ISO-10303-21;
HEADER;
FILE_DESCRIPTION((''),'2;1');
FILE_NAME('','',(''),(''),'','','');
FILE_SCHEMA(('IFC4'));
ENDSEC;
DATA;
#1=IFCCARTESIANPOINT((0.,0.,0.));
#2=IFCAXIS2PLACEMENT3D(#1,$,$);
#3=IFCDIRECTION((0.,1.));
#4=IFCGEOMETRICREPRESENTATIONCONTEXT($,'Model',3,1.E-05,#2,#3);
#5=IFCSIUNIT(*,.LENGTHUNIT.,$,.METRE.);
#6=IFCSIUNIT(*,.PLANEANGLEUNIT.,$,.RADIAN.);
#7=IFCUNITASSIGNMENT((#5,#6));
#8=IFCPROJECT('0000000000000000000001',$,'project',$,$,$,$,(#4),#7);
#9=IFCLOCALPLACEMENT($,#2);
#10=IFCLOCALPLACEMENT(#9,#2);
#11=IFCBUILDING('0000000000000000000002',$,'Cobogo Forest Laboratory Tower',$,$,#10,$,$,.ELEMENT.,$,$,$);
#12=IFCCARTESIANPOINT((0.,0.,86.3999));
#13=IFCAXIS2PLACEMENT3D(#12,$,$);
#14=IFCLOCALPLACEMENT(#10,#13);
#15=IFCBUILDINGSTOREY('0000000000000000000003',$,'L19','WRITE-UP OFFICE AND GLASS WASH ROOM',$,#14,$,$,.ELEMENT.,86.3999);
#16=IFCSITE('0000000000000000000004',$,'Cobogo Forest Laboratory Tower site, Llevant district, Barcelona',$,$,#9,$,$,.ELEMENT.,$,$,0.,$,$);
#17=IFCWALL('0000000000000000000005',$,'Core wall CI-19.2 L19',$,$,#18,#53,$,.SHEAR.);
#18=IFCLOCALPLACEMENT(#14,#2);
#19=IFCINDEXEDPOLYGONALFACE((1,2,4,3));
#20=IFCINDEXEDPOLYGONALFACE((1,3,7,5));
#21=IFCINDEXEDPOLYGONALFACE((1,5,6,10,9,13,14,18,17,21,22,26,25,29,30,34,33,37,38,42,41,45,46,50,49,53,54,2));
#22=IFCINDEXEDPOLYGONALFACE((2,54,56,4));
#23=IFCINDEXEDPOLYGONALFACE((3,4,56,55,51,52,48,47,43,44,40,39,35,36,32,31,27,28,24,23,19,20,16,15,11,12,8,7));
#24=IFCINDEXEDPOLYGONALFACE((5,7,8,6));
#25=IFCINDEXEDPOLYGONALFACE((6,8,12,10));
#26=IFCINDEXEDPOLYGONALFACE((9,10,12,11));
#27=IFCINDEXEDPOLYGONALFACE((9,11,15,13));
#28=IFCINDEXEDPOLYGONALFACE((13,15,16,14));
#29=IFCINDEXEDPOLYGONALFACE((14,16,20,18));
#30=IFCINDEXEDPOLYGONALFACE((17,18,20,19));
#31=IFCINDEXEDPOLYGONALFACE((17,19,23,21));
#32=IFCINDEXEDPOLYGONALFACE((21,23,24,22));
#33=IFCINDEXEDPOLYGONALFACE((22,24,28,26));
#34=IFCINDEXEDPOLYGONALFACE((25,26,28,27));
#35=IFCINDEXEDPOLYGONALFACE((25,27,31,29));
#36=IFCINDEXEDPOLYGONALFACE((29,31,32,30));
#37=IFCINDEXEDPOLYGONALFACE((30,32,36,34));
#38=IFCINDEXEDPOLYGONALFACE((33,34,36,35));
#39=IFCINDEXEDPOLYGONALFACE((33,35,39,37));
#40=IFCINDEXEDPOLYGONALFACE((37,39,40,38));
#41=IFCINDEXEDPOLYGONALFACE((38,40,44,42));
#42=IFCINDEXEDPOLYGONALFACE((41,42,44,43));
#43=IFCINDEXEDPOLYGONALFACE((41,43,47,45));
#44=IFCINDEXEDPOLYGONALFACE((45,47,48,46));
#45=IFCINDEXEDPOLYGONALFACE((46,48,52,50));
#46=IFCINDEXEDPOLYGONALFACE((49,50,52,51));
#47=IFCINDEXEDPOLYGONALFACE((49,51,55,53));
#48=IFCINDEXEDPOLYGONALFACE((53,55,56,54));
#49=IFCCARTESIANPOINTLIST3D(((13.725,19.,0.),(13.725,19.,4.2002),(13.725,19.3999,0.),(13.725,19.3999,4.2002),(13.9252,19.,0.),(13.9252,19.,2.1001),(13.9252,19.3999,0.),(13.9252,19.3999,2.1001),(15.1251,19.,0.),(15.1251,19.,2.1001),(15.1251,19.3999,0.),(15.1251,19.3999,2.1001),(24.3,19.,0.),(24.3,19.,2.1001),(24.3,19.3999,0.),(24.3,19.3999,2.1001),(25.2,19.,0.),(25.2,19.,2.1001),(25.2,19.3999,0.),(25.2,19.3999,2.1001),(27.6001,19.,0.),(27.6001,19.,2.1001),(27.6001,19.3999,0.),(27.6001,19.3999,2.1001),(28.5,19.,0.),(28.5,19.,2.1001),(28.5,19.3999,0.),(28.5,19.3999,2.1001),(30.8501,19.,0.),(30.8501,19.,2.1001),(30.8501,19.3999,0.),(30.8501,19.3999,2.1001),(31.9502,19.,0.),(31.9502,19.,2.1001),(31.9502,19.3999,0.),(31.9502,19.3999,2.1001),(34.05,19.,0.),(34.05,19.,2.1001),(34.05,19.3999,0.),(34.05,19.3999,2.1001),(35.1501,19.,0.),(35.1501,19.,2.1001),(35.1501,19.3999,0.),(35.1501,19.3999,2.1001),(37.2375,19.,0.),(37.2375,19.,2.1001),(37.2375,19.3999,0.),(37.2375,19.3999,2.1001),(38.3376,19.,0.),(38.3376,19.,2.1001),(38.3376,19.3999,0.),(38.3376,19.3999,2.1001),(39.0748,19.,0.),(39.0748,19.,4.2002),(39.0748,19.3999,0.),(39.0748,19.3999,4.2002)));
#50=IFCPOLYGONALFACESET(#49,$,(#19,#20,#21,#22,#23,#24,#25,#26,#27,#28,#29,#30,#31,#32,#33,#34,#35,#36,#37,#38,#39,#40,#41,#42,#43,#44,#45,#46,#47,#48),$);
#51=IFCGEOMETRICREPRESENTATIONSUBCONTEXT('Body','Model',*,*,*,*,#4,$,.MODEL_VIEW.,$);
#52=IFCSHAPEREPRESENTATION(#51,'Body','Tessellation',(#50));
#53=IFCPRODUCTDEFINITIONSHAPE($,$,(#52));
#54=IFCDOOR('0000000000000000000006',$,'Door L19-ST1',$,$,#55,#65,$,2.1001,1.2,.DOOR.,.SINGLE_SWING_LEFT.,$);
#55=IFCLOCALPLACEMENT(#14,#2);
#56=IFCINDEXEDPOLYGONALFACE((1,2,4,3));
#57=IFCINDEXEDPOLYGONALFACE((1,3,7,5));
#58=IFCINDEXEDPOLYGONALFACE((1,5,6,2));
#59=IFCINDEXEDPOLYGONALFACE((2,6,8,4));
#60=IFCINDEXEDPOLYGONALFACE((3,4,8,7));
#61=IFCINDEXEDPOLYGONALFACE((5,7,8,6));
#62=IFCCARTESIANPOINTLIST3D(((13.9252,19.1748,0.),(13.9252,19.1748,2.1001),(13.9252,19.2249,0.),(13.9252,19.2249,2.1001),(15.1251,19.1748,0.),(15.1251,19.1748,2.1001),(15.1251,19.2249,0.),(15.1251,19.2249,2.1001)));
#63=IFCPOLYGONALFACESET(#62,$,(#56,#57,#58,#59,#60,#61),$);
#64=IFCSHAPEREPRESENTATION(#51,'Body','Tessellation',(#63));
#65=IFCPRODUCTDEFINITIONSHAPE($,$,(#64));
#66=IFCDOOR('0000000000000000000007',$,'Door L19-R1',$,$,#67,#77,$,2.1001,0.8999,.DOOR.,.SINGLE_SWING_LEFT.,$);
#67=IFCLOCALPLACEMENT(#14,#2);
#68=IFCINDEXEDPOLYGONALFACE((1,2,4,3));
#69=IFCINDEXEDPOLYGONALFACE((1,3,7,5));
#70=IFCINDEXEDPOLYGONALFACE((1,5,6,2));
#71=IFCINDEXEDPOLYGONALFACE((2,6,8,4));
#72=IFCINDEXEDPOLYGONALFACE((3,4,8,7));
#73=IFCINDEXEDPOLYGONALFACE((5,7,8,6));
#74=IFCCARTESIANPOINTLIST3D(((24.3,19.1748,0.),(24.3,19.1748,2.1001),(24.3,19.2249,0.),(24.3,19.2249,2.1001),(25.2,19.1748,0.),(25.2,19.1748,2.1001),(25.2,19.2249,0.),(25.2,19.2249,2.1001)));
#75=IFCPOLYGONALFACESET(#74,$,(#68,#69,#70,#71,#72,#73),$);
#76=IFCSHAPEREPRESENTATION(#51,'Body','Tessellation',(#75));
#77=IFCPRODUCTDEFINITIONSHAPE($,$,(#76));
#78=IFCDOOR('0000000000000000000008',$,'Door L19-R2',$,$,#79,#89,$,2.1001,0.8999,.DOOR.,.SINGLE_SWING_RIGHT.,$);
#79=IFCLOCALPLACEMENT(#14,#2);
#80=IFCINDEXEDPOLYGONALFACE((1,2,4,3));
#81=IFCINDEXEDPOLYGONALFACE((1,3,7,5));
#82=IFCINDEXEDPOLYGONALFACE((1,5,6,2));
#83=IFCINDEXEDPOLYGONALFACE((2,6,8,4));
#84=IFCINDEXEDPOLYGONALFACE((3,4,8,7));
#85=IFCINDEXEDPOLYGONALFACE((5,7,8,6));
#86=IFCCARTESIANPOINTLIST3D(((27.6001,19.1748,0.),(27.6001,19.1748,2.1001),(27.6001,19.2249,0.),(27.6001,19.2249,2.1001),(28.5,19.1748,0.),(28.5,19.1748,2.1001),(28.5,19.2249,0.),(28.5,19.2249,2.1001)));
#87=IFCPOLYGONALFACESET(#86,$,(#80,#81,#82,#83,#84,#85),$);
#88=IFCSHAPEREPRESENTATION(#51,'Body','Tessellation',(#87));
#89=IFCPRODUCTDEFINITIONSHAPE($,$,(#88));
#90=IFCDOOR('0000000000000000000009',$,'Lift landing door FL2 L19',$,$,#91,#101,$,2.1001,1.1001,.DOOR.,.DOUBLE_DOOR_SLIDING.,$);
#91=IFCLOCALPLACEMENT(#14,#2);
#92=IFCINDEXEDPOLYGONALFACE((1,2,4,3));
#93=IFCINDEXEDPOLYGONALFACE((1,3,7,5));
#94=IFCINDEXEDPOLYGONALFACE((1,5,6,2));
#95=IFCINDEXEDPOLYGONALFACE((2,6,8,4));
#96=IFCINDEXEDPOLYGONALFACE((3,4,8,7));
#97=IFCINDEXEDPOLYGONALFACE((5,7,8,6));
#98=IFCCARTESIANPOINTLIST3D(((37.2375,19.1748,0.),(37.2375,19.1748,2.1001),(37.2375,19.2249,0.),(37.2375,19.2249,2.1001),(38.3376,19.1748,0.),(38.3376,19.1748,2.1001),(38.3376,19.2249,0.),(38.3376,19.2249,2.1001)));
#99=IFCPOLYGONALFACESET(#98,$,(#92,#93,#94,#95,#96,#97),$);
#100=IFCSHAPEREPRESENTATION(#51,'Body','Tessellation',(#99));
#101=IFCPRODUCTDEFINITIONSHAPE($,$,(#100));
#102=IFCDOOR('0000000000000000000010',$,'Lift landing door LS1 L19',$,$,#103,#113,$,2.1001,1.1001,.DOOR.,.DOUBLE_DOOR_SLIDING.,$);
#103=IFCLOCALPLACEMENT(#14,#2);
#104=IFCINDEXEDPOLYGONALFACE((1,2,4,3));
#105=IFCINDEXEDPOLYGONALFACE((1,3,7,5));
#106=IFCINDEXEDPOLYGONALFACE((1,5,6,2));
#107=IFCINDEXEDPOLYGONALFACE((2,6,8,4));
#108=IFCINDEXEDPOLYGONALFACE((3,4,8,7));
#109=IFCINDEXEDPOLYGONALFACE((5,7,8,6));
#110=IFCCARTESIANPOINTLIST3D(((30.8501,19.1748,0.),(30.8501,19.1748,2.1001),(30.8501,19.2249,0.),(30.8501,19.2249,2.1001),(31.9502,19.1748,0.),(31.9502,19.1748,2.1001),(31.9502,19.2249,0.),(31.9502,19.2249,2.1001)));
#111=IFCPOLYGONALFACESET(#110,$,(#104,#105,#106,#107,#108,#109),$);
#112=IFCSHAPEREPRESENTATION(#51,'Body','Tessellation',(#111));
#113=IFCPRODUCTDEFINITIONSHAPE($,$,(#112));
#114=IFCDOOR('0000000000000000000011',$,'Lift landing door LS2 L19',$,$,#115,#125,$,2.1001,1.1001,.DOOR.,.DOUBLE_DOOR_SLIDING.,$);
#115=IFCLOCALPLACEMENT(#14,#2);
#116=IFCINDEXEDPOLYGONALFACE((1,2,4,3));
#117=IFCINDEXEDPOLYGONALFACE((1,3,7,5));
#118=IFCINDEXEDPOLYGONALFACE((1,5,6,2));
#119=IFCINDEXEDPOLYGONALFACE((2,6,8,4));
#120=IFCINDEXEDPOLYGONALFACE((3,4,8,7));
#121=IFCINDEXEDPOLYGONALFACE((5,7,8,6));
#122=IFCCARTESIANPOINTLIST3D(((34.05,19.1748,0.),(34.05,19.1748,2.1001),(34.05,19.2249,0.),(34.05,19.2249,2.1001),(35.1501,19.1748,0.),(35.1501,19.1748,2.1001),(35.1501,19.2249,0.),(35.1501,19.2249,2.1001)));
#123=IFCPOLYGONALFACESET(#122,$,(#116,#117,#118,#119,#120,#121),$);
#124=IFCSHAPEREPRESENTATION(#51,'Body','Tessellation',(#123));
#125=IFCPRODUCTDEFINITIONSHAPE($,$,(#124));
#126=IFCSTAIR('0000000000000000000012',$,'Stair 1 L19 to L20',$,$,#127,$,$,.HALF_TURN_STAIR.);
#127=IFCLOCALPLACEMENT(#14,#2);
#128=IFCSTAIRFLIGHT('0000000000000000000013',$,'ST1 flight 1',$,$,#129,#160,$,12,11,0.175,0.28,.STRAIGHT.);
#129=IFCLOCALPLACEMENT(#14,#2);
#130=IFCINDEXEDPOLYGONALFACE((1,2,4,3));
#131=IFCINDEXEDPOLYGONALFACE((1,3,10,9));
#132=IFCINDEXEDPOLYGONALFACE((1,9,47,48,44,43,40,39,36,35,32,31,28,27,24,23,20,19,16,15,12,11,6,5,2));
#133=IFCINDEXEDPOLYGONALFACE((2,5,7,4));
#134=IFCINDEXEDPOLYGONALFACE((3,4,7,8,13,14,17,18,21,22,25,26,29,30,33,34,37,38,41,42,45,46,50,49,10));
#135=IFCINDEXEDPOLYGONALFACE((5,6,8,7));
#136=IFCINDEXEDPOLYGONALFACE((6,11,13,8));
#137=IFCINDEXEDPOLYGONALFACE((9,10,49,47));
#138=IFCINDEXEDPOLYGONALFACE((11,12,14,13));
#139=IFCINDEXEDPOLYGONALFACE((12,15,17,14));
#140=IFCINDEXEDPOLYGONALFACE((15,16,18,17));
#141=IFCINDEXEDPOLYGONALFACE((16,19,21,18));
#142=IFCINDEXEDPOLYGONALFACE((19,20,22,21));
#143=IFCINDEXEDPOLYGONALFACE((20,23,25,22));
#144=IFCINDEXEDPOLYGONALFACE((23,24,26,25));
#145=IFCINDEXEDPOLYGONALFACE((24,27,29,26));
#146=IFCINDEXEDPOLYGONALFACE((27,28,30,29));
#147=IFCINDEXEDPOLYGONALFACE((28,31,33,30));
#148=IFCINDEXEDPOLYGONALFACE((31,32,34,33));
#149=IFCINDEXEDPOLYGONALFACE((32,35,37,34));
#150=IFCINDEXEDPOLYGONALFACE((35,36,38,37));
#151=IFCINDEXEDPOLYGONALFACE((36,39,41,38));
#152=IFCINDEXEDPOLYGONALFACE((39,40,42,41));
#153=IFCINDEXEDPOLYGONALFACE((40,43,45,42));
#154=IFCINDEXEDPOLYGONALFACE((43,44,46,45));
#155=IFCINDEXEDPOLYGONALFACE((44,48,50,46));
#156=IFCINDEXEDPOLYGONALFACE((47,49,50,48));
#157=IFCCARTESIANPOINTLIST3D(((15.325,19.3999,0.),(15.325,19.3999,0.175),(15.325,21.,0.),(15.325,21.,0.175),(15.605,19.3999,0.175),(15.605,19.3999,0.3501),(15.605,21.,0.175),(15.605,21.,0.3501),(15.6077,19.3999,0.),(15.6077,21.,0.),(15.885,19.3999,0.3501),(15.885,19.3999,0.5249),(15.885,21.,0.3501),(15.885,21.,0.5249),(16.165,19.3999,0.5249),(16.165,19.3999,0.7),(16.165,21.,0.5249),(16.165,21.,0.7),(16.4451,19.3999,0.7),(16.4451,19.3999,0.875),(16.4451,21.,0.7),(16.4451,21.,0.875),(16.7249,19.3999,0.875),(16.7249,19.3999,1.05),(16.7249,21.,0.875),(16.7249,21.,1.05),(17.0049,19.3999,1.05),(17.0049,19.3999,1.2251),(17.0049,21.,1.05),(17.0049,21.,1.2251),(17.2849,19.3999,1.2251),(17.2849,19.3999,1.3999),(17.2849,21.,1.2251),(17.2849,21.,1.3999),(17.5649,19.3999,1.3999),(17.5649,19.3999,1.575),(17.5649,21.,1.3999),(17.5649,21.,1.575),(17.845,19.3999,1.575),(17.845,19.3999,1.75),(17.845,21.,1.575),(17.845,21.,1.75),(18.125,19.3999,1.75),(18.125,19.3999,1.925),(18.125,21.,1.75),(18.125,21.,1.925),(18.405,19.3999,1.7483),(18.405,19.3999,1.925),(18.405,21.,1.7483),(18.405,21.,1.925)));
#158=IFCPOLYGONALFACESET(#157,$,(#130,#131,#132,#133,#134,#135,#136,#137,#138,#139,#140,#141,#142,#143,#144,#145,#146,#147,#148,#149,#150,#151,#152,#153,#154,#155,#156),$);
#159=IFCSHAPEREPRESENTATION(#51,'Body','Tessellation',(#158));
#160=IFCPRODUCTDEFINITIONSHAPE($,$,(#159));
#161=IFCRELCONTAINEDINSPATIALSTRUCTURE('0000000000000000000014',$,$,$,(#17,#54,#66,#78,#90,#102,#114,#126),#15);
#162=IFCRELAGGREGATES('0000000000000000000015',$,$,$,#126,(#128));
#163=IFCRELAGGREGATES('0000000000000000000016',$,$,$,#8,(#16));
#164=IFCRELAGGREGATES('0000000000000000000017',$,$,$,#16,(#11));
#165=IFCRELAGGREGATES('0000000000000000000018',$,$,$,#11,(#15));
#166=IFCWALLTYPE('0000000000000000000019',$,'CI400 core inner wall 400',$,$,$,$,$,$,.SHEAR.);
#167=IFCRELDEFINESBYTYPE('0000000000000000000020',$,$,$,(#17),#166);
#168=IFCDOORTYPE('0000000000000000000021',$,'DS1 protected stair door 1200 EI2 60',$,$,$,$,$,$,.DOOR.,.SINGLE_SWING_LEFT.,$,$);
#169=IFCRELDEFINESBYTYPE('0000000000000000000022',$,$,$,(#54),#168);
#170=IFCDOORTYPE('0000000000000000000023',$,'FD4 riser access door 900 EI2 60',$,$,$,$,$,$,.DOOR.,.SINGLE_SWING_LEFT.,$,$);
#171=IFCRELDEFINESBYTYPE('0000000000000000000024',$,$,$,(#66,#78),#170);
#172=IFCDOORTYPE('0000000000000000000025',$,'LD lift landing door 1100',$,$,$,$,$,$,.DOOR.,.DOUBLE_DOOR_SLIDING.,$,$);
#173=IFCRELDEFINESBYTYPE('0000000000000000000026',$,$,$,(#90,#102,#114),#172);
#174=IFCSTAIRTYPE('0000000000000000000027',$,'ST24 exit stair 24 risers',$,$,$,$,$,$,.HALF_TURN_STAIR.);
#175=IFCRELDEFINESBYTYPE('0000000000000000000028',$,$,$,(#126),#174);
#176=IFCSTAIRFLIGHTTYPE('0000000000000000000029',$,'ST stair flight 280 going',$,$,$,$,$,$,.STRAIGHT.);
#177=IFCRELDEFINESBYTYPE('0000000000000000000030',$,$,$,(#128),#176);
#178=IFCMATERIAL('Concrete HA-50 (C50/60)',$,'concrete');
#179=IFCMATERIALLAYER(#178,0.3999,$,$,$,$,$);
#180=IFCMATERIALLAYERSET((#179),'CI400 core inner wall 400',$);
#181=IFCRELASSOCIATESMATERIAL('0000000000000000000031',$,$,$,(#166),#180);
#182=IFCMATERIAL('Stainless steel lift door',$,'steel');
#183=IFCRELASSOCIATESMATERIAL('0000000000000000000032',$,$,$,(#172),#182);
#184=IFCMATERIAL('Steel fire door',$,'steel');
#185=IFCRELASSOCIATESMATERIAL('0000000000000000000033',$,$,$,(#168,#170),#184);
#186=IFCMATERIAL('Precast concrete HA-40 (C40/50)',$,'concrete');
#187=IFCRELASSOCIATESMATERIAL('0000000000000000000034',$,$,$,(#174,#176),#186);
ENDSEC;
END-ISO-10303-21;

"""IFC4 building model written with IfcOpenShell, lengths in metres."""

from ifc_helpers import new_model, si_unit, direction, frame, frame_2d, origin, place, context, subcontext, project, spatial, polyline, rectangle, outline, extrude, material, layer, layer_set, type_object, element, fill, aggregate, save


model = new_model("IFC4")

# Units and contexts
model_context = context("Model", 3, precision=1e-05, world=origin(), true_north=direction((0.0, 1.0)))
body_context = subcontext(model_context, "Body", "Model", "MODEL_VIEW")
ifc_project = project(units=[si_unit("LENGTHUNIT", "METRE"), si_unit("PLANEANGLEUNIT", "RADIAN")], contexts=[model_context])

# Site, building, storey
site_placement = place(None, origin())
site = spatial("IfcSite", under=ifc_project, at=site_placement, Name="Cobogo Forest Laboratory Tower site, Llevant district, Barcelona", CompositionType="ELEMENT", RefElevation=0.0)
building_placement = place(site_placement, origin())
building = spatial("IfcBuilding", under=site, at=building_placement, Name="Cobogo Forest Laboratory Tower", CompositionType="ELEMENT")
storey_placement = place(building_placement, frame((0.0, 0.0, 86.3999)))
storey = spatial("IfcBuildingStorey", under=building, at=storey_placement, Name="L19", Description="WRITE-UP OFFICE AND GLASS WASH ROOM", CompositionType="ELEMENT", Elevation=86.3999)

# Wall, openings, doors
ifc_material_1 = material(Name="Concrete HA-50 (C50/60)", Category="concrete")
ifc_layer = layer(ifc_material_1, 0.3999)
ifc_layer_set = layer_set([ifc_layer], Name="CI400 core inner wall 400")
wall_type = type_object("IfcWallType", Name="CI400 core inner wall 400", PredefinedType="SHEAR", material=ifc_layer_set)
ifc_material_2 = material(Name="Steel fire door", Category="steel")
ifc_material_3 = material(Name="Stainless steel lift door", Category="steel")
door_type_1 = type_object("IfcDoorType", Name="LD lift landing door 1100", OperationType="DOUBLE_DOOR_SLIDING", PredefinedType="DOOR", material=ifc_material_3)
wall_1_placement = place(storey_placement, frame((13.7251, 19.2, 0.0), z_axis=(0.0, 0.0, 1.0), x_axis=(1.0, 0.0, 0.0)))
wall_1 = element("IfcWall", 1, at=wall_1_placement, inside=storey, type_object=wall_type, Name="Core wall CI-19.2 L19", PredefinedType="SHEAR", context=body_context, shape_type="SweptSolid", body=[
    extrude(rectangle(XDim=25.3499, YDim=0.3999, at=frame_2d((12.6748, 0.0))), origin(), (0.0, 0.0, 1.0), 4.2002),
])
opening_1_placement = place(wall_1_placement, frame((10.575, 0.0, 0.0)))
opening_1 = element("IfcOpeningElement", 2, at=opening_1_placement, cuts=wall_1, PredefinedType="OPENING", context=body_context, shape_type="SweptSolid", body=[
    extrude(rectangle(XDim=0.8999, YDim=2.1001, at=frame_2d((0.45, 1.05))), frame((0.0, 0.21, 0.0), z_axis=(0.0, -1.0, 0.0), x_axis=(1.0, 0.0, 0.0)), (0.0, 0.0, 1.0), 0.4199),
])
opening_2_placement = place(wall_1_placement, frame((13.875, 0.0, 0.0)))
opening_2 = element("IfcOpeningElement", 3, at=opening_2_placement, cuts=wall_1, PredefinedType="OPENING", context=body_context, shape_type="SweptSolid", body=[
    extrude(rectangle(XDim=0.8999, YDim=2.1001, at=frame_2d((0.45, 1.05))), frame((0.0, 0.21, 0.0), z_axis=(0.0, -1.0, 0.0), x_axis=(1.0, 0.0, 0.0)), (0.0, 0.0, 1.0), 0.4199),
])
opening_3_placement = place(wall_1_placement, frame((0.2, 0.0, 0.0)))
opening_3 = element("IfcOpeningElement", 4, at=opening_3_placement, cuts=wall_1, PredefinedType="OPENING", context=body_context, shape_type="SweptSolid", body=[
    extrude(rectangle(XDim=1.2, YDim=2.1001, at=frame_2d((0.6001, 1.05))), frame((0.0, 0.21, 0.0), z_axis=(0.0, -1.0, 0.0), x_axis=(1.0, 0.0, 0.0)), (0.0, 0.0, 1.0), 0.4199),
])
opening_4_placement = place(wall_1_placement, frame((23.5125, 0.0, 0.0)))
opening_4 = element("IfcOpeningElement", 5, at=opening_4_placement, cuts=wall_1, PredefinedType="OPENING", context=body_context, shape_type="SweptSolid", body=[
    extrude(rectangle(XDim=1.1001, YDim=2.1001, at=frame_2d((0.55, 1.05))), frame((0.0, 0.21, 0.0), z_axis=(0.0, -1.0, 0.0), x_axis=(1.0, 0.0, 0.0)), (0.0, 0.0, 1.0), 0.4199),
])
opening_5_placement = place(wall_1_placement, frame((17.125, 0.0, 0.0)))
opening_5 = element("IfcOpeningElement", 6, at=opening_5_placement, cuts=wall_1, PredefinedType="OPENING", context=body_context, shape_type="SweptSolid", body=[
    extrude(rectangle(XDim=1.1001, YDim=2.1001, at=frame_2d((0.55, 1.05))), frame((0.0, 0.21, 0.0), z_axis=(0.0, -1.0, 0.0), x_axis=(1.0, 0.0, 0.0)), (0.0, 0.0, 1.0), 0.4199),
])
opening_6_placement = place(wall_1_placement, frame((20.325, 0.0, 0.0)))
opening_6 = element("IfcOpeningElement", 7, at=opening_6_placement, cuts=wall_1, PredefinedType="OPENING", context=body_context, shape_type="SweptSolid", body=[
    extrude(rectangle(XDim=1.1001, YDim=2.1001, at=frame_2d((0.55, 1.05))), frame((0.0, 0.21, 0.0), z_axis=(0.0, -1.0, 0.0), x_axis=(1.0, 0.0, 0.0)), (0.0, 0.0, 1.0), 0.4199),
])
door_type_2 = type_object("IfcDoorType", Name="DS1 protected stair door 1200 EI2 60", OperationType="SINGLE_SWING_LEFT", PredefinedType="DOOR", material=ifc_material_2)
door_1_placement = place(opening_3_placement, origin())
door_1 = element("IfcDoor", 8, at=door_1_placement, inside=storey, type_object=door_type_2, Name="Door L19-ST1", OperationType="SINGLE_SWING_LEFT", OverallHeight=2.1001, OverallWidth=1.2, PredefinedType="DOOR", context=body_context, shape_type="SweptSolid", body=[
    extrude(rectangle(XDim=1.2, YDim=2.1001, at=frame_2d((0.6001, 1.05))), frame((0.0, 0.0249, 0.0), z_axis=(0.0, -1.0, 0.0), x_axis=(1.0, 0.0, 0.0)), (0.0, 0.0, 1.0), 0.05),
])
fill(opening_3, door_1)
door_type_3 = type_object("IfcDoorType", Name="FD4 riser access door 900 EI2 60", OperationType="SINGLE_SWING_LEFT", PredefinedType="DOOR", material=ifc_material_2)
door_2_placement = place(opening_1_placement, origin())
door_2 = element("IfcDoor", 9, at=door_2_placement, inside=storey, type_object=door_type_3, Name="Door L19-R1", OperationType="SINGLE_SWING_LEFT", OverallHeight=2.1001, OverallWidth=0.8999, PredefinedType="DOOR", context=body_context, shape_type="SweptSolid", body=[
    extrude(rectangle(XDim=0.8999, YDim=2.1001, at=frame_2d((0.45, 1.05))), frame((0.0, 0.0249, 0.0), z_axis=(0.0, -1.0, 0.0), x_axis=(1.0, 0.0, 0.0)), (0.0, 0.0, 1.0), 0.05),
])
fill(opening_1, door_2)
door_3_placement = place(opening_2_placement, origin())
door_3 = element("IfcDoor", 10, at=door_3_placement, inside=storey, type_object=door_type_3, Name="Door L19-R2", OperationType="SINGLE_SWING_RIGHT", OverallHeight=2.1001, OverallWidth=0.8999, PredefinedType="DOOR", context=body_context, shape_type="SweptSolid", body=[
    extrude(rectangle(XDim=0.8999, YDim=2.1001, at=frame_2d((0.45, 1.05))), frame((0.0, 0.0249, 0.0), z_axis=(0.0, -1.0, 0.0), x_axis=(1.0, 0.0, 0.0)), (0.0, 0.0, 1.0), 0.05),
])
fill(opening_2, door_3)
door_4_placement = place(opening_4_placement, origin())
door_4 = element("IfcDoor", 11, at=door_4_placement, inside=storey, type_object=door_type_1, Name="Lift landing door FL2 L19", OperationType="DOUBLE_DOOR_SLIDING", OverallHeight=2.1001, OverallWidth=1.1001, PredefinedType="DOOR", context=body_context, shape_type="SweptSolid", body=[
    extrude(rectangle(XDim=1.1001, YDim=2.1001, at=frame_2d((0.55, 1.05))), frame((0.0, 0.0249, 0.0), z_axis=(0.0, -1.0, 0.0), x_axis=(1.0, 0.0, 0.0)), (0.0, 0.0, 1.0), 0.05),
])
fill(opening_4, door_4)
door_5_placement = place(opening_5_placement, origin())
door_5 = element("IfcDoor", 12, at=door_5_placement, inside=storey, type_object=door_type_1, Name="Lift landing door LS1 L19", OperationType="DOUBLE_DOOR_SLIDING", OverallHeight=2.1001, OverallWidth=1.1001, PredefinedType="DOOR", context=body_context, shape_type="SweptSolid", body=[
    extrude(rectangle(XDim=1.1001, YDim=2.1001, at=frame_2d((0.55, 1.05))), frame((0.0, 0.0249, 0.0), z_axis=(0.0, -1.0, 0.0), x_axis=(1.0, 0.0, 0.0)), (0.0, 0.0, 1.0), 0.05),
])
fill(opening_5, door_5)
door_6_placement = place(opening_6_placement, origin())
door_6 = element("IfcDoor", 13, at=door_6_placement, inside=storey, type_object=door_type_1, Name="Lift landing door LS2 L19", OperationType="DOUBLE_DOOR_SLIDING", OverallHeight=2.1001, OverallWidth=1.1001, PredefinedType="DOOR", context=body_context, shape_type="SweptSolid", body=[
    extrude(rectangle(XDim=1.1001, YDim=2.1001, at=frame_2d((0.55, 1.05))), frame((0.0, 0.0249, 0.0), z_axis=(0.0, -1.0, 0.0), x_axis=(1.0, 0.0, 0.0)), (0.0, 0.0, 1.0), 0.05),
])
fill(opening_6, door_6)

# Stair, stair flight
ifc_material_4 = material(Name="Precast concrete HA-40 (C40/50)", Category="concrete")
stair_type = type_object("IfcStairType", Name="ST24 exit stair 24 risers", PredefinedType="HALF_TURN_STAIR", material=ifc_material_4)
stair_placement = place(storey_placement, origin())
stair = element("IfcStair", 14, at=stair_placement, inside=storey, type_object=stair_type, Name="Stair 1 L19 to L20", PredefinedType="HALF_TURN_STAIR")
stair_flight_type = type_object("IfcStairFlightType", Name="ST stair flight 280 going", PredefinedType="STRAIGHT", material=ifc_material_4)
stair_flight_1_placement = place(storey_placement, frame((15.325, 20.2, 0.0), z_axis=(0.0, 0.0, 1.0), x_axis=(1.0, 0.0, 0.0)))
stair_flight_1 = element("IfcStairFlight", 15, at=stair_flight_1_placement, type_object=stair_flight_type, Name="ST1 flight 1", NumberOfRisers=12, NumberOfTreads=11, PredefinedType="STRAIGHT", RiserHeight=0.175, TreadLength=0.28, context=body_context, shape_type="SweptSolid", body=[
    extrude(outline(polyline([(0.0, 0.0), (0.0, 0.175), (0.28, 0.175), (0.28, 0.3501), (0.5601, 0.3501), (0.5601, 0.5249), (0.8401, 0.5249), (0.8401, 0.7), (1.1201, 0.7), (1.1201, 0.875), (1.3999, 0.875), (1.3999, 1.05), (1.6799, 1.05), (1.6799, 1.2251), (1.96, 1.2251), (1.96, 1.3999), (2.24, 1.3999), (2.24, 1.575), (2.52, 1.575), (2.52, 1.75), (2.8, 1.75), (2.8, 1.925), (3.0801, 1.925), (3.0801, 2.1001), (3.0801, 1.7483), (0.2827, 0.0), (0.0, 0.0)])), frame((0.0, 0.8, 0.0), z_axis=(0.0, -1.0, 0.0), x_axis=(1.0, 0.0, 0.0)), (0.0, 0.0, 1.0), 1.6001),
])
aggregate(stair, [stair_flight_1])

save(model, "model.ifc")
